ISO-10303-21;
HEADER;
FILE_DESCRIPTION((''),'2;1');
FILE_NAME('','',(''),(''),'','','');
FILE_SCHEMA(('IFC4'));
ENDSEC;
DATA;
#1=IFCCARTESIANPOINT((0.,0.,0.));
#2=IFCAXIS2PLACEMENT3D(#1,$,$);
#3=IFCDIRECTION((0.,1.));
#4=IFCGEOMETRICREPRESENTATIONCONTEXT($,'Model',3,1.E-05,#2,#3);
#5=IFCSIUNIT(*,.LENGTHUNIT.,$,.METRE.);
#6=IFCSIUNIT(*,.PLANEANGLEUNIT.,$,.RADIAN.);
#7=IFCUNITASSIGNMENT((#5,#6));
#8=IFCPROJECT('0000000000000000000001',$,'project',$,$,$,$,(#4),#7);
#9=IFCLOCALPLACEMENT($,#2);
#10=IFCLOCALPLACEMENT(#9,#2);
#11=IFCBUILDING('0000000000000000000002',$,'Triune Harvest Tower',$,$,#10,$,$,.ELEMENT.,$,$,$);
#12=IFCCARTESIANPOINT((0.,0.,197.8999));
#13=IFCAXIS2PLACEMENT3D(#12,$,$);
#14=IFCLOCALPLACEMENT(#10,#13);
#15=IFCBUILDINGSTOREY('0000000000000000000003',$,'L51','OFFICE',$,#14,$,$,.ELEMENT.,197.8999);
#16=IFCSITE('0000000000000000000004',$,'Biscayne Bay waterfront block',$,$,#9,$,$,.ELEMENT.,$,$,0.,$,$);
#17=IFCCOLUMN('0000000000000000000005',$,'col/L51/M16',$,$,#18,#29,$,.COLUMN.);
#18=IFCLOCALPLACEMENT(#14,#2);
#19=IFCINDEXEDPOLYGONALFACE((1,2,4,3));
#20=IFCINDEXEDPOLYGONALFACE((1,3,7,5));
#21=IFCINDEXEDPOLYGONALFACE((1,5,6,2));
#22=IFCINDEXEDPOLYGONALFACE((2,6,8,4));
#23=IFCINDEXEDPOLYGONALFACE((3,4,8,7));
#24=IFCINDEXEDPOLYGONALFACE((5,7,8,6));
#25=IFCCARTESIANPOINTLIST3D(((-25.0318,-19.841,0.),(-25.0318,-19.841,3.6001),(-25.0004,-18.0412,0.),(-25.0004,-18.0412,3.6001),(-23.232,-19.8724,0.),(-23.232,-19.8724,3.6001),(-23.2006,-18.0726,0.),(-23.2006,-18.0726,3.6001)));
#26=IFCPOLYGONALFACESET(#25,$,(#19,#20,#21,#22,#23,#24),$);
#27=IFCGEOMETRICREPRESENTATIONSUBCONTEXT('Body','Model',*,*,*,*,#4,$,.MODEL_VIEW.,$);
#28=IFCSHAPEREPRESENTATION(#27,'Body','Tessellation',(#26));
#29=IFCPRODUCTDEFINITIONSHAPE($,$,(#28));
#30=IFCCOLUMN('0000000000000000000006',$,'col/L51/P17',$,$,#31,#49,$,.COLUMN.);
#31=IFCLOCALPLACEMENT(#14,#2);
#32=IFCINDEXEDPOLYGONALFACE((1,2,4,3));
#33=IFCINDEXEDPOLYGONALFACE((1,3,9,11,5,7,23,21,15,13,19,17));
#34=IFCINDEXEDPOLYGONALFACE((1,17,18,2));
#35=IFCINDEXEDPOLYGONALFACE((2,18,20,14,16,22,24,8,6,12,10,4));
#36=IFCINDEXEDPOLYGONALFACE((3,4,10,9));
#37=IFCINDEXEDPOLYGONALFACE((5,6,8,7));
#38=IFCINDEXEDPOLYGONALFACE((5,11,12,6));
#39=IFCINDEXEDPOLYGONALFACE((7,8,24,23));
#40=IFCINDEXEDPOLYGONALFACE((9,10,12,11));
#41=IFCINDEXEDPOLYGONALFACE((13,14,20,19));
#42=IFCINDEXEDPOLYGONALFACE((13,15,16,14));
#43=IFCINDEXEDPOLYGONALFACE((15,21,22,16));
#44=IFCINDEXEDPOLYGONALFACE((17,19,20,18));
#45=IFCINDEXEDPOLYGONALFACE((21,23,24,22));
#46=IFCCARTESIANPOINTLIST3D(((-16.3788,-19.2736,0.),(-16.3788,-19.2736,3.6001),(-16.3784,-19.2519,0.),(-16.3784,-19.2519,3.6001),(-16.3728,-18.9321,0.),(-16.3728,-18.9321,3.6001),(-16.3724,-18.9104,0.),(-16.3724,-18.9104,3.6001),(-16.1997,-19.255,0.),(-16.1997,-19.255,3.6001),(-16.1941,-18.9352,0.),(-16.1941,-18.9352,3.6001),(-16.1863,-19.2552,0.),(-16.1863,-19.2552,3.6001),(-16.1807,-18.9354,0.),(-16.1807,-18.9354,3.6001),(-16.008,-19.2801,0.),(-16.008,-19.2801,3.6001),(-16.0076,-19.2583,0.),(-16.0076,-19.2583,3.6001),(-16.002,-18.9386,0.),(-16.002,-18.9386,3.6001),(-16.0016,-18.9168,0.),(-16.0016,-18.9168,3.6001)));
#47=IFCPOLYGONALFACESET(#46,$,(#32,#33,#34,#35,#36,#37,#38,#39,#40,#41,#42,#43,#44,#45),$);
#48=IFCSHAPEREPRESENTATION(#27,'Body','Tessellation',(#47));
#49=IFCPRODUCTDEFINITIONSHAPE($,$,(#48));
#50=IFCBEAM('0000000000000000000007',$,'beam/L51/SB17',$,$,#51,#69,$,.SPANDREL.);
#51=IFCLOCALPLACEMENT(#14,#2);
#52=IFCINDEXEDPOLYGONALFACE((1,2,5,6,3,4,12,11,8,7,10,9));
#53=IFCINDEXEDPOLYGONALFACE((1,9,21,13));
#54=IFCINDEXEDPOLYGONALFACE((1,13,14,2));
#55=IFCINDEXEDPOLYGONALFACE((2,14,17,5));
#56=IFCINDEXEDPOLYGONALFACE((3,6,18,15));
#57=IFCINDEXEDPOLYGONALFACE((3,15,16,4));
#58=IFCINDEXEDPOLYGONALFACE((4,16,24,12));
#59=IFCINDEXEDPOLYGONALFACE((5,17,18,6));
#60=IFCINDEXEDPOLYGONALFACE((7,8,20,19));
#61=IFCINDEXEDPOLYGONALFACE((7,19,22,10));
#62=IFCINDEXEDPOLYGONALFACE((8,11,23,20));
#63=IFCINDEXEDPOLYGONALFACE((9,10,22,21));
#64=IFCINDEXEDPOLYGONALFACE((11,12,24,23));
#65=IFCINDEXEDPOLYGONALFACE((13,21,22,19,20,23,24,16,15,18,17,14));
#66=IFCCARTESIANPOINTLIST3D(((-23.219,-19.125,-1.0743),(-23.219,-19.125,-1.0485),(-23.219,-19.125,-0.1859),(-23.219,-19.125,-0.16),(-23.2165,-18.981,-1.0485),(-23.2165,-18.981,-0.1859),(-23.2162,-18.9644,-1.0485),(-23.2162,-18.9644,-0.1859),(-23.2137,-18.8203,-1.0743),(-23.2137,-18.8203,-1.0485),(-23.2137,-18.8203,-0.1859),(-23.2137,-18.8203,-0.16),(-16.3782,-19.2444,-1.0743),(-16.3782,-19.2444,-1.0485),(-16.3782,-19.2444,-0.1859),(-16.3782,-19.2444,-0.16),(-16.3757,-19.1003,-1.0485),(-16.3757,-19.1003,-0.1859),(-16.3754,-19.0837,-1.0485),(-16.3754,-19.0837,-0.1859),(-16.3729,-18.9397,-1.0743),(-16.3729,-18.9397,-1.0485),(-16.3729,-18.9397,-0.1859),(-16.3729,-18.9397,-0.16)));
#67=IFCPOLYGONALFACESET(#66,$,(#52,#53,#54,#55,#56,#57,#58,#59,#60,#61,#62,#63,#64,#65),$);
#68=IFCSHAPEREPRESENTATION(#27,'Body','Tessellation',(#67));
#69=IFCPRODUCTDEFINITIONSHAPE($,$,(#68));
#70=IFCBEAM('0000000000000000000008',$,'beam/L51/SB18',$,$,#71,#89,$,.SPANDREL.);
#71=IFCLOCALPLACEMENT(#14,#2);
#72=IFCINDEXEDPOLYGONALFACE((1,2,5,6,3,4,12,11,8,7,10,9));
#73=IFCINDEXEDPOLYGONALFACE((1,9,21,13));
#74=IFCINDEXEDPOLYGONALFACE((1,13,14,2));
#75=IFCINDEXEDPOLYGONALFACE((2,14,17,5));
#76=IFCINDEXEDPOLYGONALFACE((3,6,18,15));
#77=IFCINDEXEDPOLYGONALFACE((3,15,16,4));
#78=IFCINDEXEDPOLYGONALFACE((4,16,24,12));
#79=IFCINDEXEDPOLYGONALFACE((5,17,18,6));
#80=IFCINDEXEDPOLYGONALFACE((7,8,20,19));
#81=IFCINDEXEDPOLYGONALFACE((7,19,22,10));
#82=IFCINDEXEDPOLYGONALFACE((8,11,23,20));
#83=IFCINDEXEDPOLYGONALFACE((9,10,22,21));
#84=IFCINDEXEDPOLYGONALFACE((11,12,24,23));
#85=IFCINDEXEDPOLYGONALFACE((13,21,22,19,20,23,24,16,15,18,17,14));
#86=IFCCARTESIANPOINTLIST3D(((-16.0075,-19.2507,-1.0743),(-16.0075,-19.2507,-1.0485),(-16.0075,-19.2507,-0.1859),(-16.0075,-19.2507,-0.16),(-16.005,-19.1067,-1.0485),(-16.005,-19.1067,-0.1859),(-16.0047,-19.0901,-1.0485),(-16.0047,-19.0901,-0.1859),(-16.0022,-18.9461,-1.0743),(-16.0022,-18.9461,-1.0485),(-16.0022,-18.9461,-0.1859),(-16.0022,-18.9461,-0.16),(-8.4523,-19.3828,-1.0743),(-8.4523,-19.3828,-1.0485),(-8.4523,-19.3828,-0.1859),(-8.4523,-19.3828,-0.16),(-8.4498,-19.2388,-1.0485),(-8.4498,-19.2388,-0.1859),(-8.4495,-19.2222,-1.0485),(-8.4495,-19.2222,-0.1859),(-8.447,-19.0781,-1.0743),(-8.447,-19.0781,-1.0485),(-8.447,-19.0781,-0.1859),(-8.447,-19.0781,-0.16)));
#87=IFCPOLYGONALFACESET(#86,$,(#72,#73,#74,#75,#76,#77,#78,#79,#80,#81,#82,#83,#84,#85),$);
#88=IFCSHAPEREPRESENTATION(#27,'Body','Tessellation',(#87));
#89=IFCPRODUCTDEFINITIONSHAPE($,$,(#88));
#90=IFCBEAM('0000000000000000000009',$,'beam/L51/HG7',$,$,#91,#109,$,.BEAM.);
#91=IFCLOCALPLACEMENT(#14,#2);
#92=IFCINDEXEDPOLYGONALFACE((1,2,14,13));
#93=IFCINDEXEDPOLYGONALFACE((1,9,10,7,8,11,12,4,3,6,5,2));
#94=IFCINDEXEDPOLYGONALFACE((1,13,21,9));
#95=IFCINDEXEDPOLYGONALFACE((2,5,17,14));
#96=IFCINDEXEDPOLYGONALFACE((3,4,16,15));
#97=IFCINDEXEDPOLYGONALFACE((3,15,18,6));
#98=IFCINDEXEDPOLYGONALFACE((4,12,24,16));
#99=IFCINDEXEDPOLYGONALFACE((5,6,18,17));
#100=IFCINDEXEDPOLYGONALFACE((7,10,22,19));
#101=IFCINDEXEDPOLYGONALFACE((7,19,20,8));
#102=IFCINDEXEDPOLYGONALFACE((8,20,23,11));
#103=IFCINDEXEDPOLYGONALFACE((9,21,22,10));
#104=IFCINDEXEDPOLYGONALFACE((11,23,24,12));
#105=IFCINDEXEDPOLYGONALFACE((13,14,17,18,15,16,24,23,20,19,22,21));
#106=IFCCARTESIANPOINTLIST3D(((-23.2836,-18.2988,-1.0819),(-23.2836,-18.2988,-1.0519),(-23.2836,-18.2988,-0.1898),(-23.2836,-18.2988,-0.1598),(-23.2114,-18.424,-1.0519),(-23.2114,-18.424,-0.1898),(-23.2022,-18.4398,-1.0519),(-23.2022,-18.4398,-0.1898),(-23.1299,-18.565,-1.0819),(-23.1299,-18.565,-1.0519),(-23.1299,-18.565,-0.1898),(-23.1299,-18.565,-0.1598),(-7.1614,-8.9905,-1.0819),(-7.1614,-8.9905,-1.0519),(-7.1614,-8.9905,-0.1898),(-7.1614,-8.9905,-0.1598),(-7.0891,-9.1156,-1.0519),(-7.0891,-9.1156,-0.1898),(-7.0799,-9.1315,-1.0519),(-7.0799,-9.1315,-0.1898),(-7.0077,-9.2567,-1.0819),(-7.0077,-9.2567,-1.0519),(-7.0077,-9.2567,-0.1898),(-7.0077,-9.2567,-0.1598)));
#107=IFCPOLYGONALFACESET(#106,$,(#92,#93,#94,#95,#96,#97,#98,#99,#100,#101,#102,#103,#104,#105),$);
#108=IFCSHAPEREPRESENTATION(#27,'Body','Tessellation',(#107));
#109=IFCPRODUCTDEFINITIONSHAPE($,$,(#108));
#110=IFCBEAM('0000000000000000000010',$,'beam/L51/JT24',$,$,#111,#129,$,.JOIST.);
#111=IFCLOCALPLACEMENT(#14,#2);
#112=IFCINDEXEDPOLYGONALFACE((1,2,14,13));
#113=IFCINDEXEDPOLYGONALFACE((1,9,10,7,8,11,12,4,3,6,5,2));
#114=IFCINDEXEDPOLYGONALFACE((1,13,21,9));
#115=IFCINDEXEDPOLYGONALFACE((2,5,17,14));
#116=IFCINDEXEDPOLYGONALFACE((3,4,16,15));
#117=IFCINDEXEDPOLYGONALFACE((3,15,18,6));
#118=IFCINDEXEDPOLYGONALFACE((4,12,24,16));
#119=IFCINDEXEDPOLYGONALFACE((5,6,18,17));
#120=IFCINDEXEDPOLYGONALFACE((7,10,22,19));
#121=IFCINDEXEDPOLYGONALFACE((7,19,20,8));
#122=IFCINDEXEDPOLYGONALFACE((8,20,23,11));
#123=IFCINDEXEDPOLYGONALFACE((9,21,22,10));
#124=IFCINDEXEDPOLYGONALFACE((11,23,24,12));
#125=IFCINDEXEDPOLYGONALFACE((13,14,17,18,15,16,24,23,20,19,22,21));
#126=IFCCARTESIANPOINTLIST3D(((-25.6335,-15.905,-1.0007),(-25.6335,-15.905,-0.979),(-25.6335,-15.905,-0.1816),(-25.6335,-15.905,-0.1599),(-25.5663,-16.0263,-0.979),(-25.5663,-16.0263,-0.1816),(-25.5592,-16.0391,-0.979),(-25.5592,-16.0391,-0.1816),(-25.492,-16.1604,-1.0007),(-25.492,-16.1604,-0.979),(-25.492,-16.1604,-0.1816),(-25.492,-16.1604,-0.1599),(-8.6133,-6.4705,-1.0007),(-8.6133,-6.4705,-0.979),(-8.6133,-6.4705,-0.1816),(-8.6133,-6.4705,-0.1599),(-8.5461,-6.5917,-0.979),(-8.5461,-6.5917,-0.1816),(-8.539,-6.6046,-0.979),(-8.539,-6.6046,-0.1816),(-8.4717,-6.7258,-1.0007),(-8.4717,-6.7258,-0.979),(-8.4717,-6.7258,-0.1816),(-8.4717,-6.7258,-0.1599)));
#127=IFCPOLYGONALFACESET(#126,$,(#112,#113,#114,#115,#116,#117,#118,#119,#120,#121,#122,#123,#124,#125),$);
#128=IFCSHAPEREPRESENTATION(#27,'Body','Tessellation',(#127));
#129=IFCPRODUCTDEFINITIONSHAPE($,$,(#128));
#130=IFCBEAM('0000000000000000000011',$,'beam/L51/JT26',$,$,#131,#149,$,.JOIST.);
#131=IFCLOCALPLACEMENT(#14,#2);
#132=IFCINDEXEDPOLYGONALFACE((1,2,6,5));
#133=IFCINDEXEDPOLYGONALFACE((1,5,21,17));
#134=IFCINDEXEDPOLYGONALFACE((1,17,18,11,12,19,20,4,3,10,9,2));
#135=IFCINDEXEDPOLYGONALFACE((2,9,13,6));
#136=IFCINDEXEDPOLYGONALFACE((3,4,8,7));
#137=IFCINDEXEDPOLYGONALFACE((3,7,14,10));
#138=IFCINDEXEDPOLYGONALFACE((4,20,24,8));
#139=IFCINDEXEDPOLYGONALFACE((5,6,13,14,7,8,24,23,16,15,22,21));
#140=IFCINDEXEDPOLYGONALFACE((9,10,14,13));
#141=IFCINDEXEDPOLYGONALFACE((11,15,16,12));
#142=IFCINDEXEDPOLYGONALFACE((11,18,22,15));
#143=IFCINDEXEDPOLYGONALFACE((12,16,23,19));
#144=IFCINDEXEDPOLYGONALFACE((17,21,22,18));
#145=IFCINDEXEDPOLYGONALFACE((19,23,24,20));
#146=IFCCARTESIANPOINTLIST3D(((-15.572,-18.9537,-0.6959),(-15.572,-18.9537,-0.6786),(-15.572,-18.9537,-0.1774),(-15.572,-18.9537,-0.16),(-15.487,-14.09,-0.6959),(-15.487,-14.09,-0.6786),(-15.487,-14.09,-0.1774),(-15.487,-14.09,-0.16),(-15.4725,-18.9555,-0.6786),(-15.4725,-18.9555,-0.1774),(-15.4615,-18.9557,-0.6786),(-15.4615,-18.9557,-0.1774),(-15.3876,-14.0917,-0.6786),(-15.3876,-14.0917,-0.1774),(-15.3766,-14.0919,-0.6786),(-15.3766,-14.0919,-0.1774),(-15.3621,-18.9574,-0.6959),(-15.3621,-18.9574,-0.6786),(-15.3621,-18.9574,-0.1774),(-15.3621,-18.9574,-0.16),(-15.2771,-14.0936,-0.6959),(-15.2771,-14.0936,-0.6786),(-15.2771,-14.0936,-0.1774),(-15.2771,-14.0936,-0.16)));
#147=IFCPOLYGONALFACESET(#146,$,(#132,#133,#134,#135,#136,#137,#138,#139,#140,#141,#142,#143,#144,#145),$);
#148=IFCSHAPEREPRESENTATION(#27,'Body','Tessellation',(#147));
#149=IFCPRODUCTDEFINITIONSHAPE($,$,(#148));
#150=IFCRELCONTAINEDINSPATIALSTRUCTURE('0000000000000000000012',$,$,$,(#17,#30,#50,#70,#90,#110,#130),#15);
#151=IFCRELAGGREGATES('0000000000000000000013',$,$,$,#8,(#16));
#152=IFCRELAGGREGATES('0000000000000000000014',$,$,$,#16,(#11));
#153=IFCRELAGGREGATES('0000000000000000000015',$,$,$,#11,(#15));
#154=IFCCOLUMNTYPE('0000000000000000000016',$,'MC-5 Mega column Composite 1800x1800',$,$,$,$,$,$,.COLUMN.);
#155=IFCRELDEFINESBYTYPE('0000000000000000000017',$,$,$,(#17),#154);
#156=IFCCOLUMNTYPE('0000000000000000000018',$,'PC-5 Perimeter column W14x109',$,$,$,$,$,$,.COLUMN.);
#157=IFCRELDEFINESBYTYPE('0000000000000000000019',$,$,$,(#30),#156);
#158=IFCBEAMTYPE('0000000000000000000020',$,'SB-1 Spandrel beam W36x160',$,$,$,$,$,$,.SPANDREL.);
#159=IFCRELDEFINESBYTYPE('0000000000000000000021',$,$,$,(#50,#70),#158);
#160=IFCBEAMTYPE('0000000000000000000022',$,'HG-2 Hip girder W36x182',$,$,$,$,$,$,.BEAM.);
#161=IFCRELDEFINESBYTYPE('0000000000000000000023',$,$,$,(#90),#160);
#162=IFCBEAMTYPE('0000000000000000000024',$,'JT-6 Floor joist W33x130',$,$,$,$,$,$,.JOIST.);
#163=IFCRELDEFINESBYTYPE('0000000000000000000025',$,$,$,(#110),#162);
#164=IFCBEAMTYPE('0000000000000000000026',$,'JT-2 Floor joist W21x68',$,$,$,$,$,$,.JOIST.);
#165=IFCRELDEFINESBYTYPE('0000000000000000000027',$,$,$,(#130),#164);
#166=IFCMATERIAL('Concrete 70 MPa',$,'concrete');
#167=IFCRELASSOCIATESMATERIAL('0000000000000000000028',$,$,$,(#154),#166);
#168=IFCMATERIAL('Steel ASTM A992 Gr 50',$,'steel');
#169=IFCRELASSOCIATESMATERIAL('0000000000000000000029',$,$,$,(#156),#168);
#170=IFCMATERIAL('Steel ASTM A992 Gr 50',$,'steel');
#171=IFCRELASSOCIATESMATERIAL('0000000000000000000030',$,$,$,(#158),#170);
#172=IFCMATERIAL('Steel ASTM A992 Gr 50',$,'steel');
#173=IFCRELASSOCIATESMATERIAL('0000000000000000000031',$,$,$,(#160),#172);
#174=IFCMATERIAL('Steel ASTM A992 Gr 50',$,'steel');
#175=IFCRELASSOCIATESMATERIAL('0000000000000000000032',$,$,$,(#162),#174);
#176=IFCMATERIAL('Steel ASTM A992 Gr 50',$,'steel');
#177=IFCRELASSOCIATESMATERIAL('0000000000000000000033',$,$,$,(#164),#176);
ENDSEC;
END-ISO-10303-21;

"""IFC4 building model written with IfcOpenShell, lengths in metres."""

from ifc_helpers import new_model, si_unit, direction, frame, origin, origin_2d, place, context, subcontext, project, spatial, rectangle, i_section, extrude, source, transform, mapped, material, material_profile, profile_set, type_object, element, save


model = new_model("IFC4")

# Units and contexts
model_context = context("Model", 3, precision=1e-05, world=origin(), true_north=direction((0.0, 1.0)))
body_context = subcontext(model_context, "Body", "Model", "MODEL_VIEW")
ifc_project = project(units=[si_unit("LENGTHUNIT", "METRE"), si_unit("PLANEANGLEUNIT", "RADIAN")], contexts=[model_context])

# Site, building, storey
site_placement = place(None, origin())
site = spatial("IfcSite", under=ifc_project, at=site_placement, Name="Biscayne Bay waterfront block", CompositionType="ELEMENT", RefElevation=0.0)
building_placement = place(site_placement, origin())
building = spatial("IfcBuilding", under=site, at=building_placement, Name="Triune Harvest Tower", CompositionType="ELEMENT")
storey_placement = place(building_placement, frame((0.0, 0.0, 197.8999)))
storey = spatial("IfcBuildingStorey", under=building, at=storey_placement, Name="L51", Description="OFFICE", CompositionType="ELEMENT", Elevation=197.8999)

# Columns
ifc_material_1 = material(Name="Concrete 70 MPa", Category="concrete")
ifc_material_profile_1 = material_profile(ifc_material_1, rectangle(XDim=1.8, YDim=1.8, at=origin_2d()), Name="Composite 1800x1800")
ifc_profile_set_1 = profile_set([ifc_material_profile_1], Name="Concrete 70 MPa")
column_type_1 = type_object("IfcColumnType", Name="MC-5 Mega column Composite 1800x1800", PredefinedType="COLUMN", material=ifc_profile_set_1)
shared_shape_1 = source(origin(), body_context, "Body", "SweptSolid", [
    extrude(rectangle(XDim=1.8, YDim=1.8, at=origin_2d()), origin(), (0.0, 0.0, 1.0), 3.6001),
])
column_1_placement = place(storey_placement, frame((-24.1162, -18.9568, 0.0), z_axis=(0.0, 0.0, 1.0), x_axis=(0.999848, -0.017452, 0.0)))
element("IfcColumn", 1, at=column_1_placement, inside=storey, type_object=column_type_1, Name="col/L51/M16", PredefinedType="COLUMN", context=body_context, shape_type="MappedRepresentation", body=[
    mapped(shared_shape_1, transform((0.0, 0.0, 0.0), scale=1.0)),
])
ifc_material_2 = material(Name="Steel ASTM A992 Gr 50", Category="steel")
ifc_material_profile_2 = material_profile(ifc_material_2, i_section(OverallWidth=0.3708, OverallDepth=0.3633, WebThickness=0.0134, FlangeThickness=0.0217, at=origin_2d()), Name="W14x109")
ifc_profile_set_2 = profile_set([ifc_material_profile_2], Name="Steel ASTM A992 Gr 50")
column_type_2 = type_object("IfcColumnType", Name="PC-5 Perimeter column W14x109", PredefinedType="COLUMN", material=ifc_profile_set_2)
shared_shape_2 = source(origin(), body_context, "Body", "SweptSolid", [
    extrude(i_section(OverallWidth=0.3708, OverallDepth=0.3633, WebThickness=0.0134, FlangeThickness=0.0217, at=origin_2d()), origin(), (0.0, 0.0, 1.0), 3.6001),
])
column_2_placement = place(storey_placement, frame((-16.1902, -19.0952, 0.0), z_axis=(0.0, 0.0, 1.0), x_axis=(0.999848, -0.017452, 0.0)))
element("IfcColumn", 2, at=column_2_placement, inside=storey, type_object=column_type_2, Name="col/L51/P17", PredefinedType="COLUMN", context=body_context, shape_type="MappedRepresentation", body=[
    mapped(shared_shape_2, transform((0.0, 0.0, 0.0), scale=1.0)),
])

# Beams
ifc_material_3 = material(Name="Steel ASTM A992 Gr 50", Category="steel")
ifc_material_profile_3 = material_profile(ifc_material_3, i_section(OverallWidth=0.3047, OverallDepth=0.9143, WebThickness=0.0166, FlangeThickness=0.0259, at=origin_2d()), Name="W36x160")
ifc_profile_set_3 = profile_set([ifc_material_profile_3], Name="Steel ASTM A992 Gr 50")
beam_type_1 = type_object("IfcBeamType", Name="SB-1 Spandrel beam W36x160", PredefinedType="SPANDREL", material=ifc_profile_set_3)
shared_shape_3 = source(origin(), body_context, "Body", "SweptSolid", [
    extrude(i_section(OverallWidth=0.3047, OverallDepth=0.9143, WebThickness=0.0166, FlangeThickness=0.0259, at=origin_2d()), origin(), (0.0, 0.0, 1.0), 6.8418),
])
beam_1_placement = place(storey_placement, frame((-23.2163, -18.9727, -0.6172), z_axis=(0.999848, -0.017449, 0.0), x_axis=(0.017449, 0.999848, 0.0)))
element("IfcBeam", 3, at=beam_1_placement, inside=storey, type_object=beam_type_1, Name="beam/L51/SB17", PredefinedType="SPANDREL", context=body_context, shape_type="MappedRepresentation", body=[
    mapped(shared_shape_3, transform((0.0, 0.0, 0.0), scale=1.0)),
])
shared_shape_4 = source(origin(), body_context, "Body", "SweptSolid", [
    extrude(i_section(OverallWidth=0.3047, OverallDepth=0.9143, WebThickness=0.0166, FlangeThickness=0.0259, at=origin_2d()), origin(), (0.0, 0.0, 1.0), 7.5564),
])
beam_2_placement = place(storey_placement, frame((-16.0049, -19.0984, -0.6172), z_axis=(0.999847, -0.017479, 0.0), x_axis=(0.017479, 0.999847, 0.0)))
element("IfcBeam", 4, at=beam_2_placement, inside=storey, type_object=beam_type_1, Name="beam/L51/SB18", PredefinedType="SPANDREL", context=body_context, shape_type="MappedRepresentation", body=[
    mapped(shared_shape_4, transform((0.0, 0.0, 0.0), scale=1.0)),
])
ifc_material_4 = material(Name="Steel ASTM A992 Gr 50", Category="steel")
ifc_material_profile_4 = material_profile(ifc_material_4, i_section(OverallWidth=0.3074, OverallDepth=0.9221, WebThickness=0.0183, FlangeThickness=0.03, at=origin_2d()), Name="W36x182")
ifc_profile_set_4 = profile_set([ifc_material_profile_4], Name="Steel ASTM A992 Gr 50")
beam_type_2 = type_object("IfcBeamType", Name="HG-2 Hip girder W36x182", PredefinedType="BEAM", material=ifc_profile_set_4)
shared_shape_5 = source(origin(), body_context, "Body", "SweptSolid", [
    extrude(i_section(OverallWidth=0.3074, OverallDepth=0.9221, WebThickness=0.0183, FlangeThickness=0.03, at=origin_2d()), origin(), (0.0, 0.0, 1.0), 18.6165),
])
beam_3_placement = place(storey_placement, frame((-23.2068, -18.4319, -0.6208), z_axis=(0.866022, 0.500005, 0.0), x_axis=(-0.500005, 0.866022, 0.0)))
element("IfcBeam", 5, at=beam_3_placement, inside=storey, type_object=beam_type_2, Name="beam/L51/HG7", PredefinedType="BEAM", context=body_context, shape_type="MappedRepresentation", body=[
    mapped(shared_shape_5, transform((0.0, 0.0, 0.0), scale=1.0)),
])
ifc_material_5 = material(Name="Steel ASTM A992 Gr 50", Category="steel")
ifc_material_profile_5 = material_profile(ifc_material_5, i_section(OverallWidth=0.292, OverallDepth=0.8408, WebThickness=0.0146, FlangeThickness=0.0217, at=origin_2d()), Name="W33x130")
ifc_profile_set_5 = profile_set([ifc_material_profile_5], Name="Steel ASTM A992 Gr 50")
beam_type_3 = type_object("IfcBeamType", Name="JT-6 Floor joist W33x130", PredefinedType="JOIST", material=ifc_profile_set_5)
shared_shape_6 = source(origin(), body_context, "Body", "SweptSolid", [
    extrude(i_section(OverallWidth=0.292, OverallDepth=0.8408, WebThickness=0.0146, FlangeThickness=0.0217, at=origin_2d()), origin(), (0.0, 0.0, 1.0), 19.4602),
])
beam_4_placement = place(storey_placement, frame((-25.5627, -16.0327, -0.5803), z_axis=(0.874618, 0.484813, 0.0), x_axis=(-0.484813, 0.874618, 0.0)))
element("IfcBeam", 6, at=beam_4_placement, inside=storey, type_object=beam_type_3, Name="beam/L51/JT24", PredefinedType="JOIST", context=body_context, shape_type="MappedRepresentation", body=[
    mapped(shared_shape_6, transform((0.0, 0.0, 0.0), scale=1.0)),
])
ifc_material_6 = material(Name="Steel ASTM A992 Gr 50", Category="steel")
ifc_material_profile_6 = material_profile(ifc_material_6, i_section(OverallWidth=0.21, OverallDepth=0.5359, WebThickness=0.011, FlangeThickness=0.0173, at=origin_2d()), Name="W21x68")
ifc_profile_set_6 = profile_set([ifc_material_profile_6], Name="Steel ASTM A992 Gr 50")
beam_type_4 = type_object("IfcBeamType", Name="JT-2 Floor joist W21x68", PredefinedType="JOIST", material=ifc_profile_set_6)
shared_shape_7 = source(origin(), body_context, "Body", "SweptSolid", [
    extrude(i_section(OverallWidth=0.21, OverallDepth=0.5359, WebThickness=0.011, FlangeThickness=0.0173, at=origin_2d()), origin(), (0.0, 0.0, 1.0), 4.8645),
])
beam_5_placement = place(storey_placement, frame((-15.467, -18.9556, -0.428), z_axis=(0.017465, 0.999847, 0.0), x_axis=(-0.999847, 0.017465, 0.0)))
element("IfcBeam", 7, at=beam_5_placement, inside=storey, type_object=beam_type_4, Name="beam/L51/JT26", PredefinedType="JOIST", context=body_context, shape_type="MappedRepresentation", body=[
    mapped(shared_shape_7, transform((0.0, 0.0, 0.0), scale=1.0)),
])

save(model, "model.ifc")
